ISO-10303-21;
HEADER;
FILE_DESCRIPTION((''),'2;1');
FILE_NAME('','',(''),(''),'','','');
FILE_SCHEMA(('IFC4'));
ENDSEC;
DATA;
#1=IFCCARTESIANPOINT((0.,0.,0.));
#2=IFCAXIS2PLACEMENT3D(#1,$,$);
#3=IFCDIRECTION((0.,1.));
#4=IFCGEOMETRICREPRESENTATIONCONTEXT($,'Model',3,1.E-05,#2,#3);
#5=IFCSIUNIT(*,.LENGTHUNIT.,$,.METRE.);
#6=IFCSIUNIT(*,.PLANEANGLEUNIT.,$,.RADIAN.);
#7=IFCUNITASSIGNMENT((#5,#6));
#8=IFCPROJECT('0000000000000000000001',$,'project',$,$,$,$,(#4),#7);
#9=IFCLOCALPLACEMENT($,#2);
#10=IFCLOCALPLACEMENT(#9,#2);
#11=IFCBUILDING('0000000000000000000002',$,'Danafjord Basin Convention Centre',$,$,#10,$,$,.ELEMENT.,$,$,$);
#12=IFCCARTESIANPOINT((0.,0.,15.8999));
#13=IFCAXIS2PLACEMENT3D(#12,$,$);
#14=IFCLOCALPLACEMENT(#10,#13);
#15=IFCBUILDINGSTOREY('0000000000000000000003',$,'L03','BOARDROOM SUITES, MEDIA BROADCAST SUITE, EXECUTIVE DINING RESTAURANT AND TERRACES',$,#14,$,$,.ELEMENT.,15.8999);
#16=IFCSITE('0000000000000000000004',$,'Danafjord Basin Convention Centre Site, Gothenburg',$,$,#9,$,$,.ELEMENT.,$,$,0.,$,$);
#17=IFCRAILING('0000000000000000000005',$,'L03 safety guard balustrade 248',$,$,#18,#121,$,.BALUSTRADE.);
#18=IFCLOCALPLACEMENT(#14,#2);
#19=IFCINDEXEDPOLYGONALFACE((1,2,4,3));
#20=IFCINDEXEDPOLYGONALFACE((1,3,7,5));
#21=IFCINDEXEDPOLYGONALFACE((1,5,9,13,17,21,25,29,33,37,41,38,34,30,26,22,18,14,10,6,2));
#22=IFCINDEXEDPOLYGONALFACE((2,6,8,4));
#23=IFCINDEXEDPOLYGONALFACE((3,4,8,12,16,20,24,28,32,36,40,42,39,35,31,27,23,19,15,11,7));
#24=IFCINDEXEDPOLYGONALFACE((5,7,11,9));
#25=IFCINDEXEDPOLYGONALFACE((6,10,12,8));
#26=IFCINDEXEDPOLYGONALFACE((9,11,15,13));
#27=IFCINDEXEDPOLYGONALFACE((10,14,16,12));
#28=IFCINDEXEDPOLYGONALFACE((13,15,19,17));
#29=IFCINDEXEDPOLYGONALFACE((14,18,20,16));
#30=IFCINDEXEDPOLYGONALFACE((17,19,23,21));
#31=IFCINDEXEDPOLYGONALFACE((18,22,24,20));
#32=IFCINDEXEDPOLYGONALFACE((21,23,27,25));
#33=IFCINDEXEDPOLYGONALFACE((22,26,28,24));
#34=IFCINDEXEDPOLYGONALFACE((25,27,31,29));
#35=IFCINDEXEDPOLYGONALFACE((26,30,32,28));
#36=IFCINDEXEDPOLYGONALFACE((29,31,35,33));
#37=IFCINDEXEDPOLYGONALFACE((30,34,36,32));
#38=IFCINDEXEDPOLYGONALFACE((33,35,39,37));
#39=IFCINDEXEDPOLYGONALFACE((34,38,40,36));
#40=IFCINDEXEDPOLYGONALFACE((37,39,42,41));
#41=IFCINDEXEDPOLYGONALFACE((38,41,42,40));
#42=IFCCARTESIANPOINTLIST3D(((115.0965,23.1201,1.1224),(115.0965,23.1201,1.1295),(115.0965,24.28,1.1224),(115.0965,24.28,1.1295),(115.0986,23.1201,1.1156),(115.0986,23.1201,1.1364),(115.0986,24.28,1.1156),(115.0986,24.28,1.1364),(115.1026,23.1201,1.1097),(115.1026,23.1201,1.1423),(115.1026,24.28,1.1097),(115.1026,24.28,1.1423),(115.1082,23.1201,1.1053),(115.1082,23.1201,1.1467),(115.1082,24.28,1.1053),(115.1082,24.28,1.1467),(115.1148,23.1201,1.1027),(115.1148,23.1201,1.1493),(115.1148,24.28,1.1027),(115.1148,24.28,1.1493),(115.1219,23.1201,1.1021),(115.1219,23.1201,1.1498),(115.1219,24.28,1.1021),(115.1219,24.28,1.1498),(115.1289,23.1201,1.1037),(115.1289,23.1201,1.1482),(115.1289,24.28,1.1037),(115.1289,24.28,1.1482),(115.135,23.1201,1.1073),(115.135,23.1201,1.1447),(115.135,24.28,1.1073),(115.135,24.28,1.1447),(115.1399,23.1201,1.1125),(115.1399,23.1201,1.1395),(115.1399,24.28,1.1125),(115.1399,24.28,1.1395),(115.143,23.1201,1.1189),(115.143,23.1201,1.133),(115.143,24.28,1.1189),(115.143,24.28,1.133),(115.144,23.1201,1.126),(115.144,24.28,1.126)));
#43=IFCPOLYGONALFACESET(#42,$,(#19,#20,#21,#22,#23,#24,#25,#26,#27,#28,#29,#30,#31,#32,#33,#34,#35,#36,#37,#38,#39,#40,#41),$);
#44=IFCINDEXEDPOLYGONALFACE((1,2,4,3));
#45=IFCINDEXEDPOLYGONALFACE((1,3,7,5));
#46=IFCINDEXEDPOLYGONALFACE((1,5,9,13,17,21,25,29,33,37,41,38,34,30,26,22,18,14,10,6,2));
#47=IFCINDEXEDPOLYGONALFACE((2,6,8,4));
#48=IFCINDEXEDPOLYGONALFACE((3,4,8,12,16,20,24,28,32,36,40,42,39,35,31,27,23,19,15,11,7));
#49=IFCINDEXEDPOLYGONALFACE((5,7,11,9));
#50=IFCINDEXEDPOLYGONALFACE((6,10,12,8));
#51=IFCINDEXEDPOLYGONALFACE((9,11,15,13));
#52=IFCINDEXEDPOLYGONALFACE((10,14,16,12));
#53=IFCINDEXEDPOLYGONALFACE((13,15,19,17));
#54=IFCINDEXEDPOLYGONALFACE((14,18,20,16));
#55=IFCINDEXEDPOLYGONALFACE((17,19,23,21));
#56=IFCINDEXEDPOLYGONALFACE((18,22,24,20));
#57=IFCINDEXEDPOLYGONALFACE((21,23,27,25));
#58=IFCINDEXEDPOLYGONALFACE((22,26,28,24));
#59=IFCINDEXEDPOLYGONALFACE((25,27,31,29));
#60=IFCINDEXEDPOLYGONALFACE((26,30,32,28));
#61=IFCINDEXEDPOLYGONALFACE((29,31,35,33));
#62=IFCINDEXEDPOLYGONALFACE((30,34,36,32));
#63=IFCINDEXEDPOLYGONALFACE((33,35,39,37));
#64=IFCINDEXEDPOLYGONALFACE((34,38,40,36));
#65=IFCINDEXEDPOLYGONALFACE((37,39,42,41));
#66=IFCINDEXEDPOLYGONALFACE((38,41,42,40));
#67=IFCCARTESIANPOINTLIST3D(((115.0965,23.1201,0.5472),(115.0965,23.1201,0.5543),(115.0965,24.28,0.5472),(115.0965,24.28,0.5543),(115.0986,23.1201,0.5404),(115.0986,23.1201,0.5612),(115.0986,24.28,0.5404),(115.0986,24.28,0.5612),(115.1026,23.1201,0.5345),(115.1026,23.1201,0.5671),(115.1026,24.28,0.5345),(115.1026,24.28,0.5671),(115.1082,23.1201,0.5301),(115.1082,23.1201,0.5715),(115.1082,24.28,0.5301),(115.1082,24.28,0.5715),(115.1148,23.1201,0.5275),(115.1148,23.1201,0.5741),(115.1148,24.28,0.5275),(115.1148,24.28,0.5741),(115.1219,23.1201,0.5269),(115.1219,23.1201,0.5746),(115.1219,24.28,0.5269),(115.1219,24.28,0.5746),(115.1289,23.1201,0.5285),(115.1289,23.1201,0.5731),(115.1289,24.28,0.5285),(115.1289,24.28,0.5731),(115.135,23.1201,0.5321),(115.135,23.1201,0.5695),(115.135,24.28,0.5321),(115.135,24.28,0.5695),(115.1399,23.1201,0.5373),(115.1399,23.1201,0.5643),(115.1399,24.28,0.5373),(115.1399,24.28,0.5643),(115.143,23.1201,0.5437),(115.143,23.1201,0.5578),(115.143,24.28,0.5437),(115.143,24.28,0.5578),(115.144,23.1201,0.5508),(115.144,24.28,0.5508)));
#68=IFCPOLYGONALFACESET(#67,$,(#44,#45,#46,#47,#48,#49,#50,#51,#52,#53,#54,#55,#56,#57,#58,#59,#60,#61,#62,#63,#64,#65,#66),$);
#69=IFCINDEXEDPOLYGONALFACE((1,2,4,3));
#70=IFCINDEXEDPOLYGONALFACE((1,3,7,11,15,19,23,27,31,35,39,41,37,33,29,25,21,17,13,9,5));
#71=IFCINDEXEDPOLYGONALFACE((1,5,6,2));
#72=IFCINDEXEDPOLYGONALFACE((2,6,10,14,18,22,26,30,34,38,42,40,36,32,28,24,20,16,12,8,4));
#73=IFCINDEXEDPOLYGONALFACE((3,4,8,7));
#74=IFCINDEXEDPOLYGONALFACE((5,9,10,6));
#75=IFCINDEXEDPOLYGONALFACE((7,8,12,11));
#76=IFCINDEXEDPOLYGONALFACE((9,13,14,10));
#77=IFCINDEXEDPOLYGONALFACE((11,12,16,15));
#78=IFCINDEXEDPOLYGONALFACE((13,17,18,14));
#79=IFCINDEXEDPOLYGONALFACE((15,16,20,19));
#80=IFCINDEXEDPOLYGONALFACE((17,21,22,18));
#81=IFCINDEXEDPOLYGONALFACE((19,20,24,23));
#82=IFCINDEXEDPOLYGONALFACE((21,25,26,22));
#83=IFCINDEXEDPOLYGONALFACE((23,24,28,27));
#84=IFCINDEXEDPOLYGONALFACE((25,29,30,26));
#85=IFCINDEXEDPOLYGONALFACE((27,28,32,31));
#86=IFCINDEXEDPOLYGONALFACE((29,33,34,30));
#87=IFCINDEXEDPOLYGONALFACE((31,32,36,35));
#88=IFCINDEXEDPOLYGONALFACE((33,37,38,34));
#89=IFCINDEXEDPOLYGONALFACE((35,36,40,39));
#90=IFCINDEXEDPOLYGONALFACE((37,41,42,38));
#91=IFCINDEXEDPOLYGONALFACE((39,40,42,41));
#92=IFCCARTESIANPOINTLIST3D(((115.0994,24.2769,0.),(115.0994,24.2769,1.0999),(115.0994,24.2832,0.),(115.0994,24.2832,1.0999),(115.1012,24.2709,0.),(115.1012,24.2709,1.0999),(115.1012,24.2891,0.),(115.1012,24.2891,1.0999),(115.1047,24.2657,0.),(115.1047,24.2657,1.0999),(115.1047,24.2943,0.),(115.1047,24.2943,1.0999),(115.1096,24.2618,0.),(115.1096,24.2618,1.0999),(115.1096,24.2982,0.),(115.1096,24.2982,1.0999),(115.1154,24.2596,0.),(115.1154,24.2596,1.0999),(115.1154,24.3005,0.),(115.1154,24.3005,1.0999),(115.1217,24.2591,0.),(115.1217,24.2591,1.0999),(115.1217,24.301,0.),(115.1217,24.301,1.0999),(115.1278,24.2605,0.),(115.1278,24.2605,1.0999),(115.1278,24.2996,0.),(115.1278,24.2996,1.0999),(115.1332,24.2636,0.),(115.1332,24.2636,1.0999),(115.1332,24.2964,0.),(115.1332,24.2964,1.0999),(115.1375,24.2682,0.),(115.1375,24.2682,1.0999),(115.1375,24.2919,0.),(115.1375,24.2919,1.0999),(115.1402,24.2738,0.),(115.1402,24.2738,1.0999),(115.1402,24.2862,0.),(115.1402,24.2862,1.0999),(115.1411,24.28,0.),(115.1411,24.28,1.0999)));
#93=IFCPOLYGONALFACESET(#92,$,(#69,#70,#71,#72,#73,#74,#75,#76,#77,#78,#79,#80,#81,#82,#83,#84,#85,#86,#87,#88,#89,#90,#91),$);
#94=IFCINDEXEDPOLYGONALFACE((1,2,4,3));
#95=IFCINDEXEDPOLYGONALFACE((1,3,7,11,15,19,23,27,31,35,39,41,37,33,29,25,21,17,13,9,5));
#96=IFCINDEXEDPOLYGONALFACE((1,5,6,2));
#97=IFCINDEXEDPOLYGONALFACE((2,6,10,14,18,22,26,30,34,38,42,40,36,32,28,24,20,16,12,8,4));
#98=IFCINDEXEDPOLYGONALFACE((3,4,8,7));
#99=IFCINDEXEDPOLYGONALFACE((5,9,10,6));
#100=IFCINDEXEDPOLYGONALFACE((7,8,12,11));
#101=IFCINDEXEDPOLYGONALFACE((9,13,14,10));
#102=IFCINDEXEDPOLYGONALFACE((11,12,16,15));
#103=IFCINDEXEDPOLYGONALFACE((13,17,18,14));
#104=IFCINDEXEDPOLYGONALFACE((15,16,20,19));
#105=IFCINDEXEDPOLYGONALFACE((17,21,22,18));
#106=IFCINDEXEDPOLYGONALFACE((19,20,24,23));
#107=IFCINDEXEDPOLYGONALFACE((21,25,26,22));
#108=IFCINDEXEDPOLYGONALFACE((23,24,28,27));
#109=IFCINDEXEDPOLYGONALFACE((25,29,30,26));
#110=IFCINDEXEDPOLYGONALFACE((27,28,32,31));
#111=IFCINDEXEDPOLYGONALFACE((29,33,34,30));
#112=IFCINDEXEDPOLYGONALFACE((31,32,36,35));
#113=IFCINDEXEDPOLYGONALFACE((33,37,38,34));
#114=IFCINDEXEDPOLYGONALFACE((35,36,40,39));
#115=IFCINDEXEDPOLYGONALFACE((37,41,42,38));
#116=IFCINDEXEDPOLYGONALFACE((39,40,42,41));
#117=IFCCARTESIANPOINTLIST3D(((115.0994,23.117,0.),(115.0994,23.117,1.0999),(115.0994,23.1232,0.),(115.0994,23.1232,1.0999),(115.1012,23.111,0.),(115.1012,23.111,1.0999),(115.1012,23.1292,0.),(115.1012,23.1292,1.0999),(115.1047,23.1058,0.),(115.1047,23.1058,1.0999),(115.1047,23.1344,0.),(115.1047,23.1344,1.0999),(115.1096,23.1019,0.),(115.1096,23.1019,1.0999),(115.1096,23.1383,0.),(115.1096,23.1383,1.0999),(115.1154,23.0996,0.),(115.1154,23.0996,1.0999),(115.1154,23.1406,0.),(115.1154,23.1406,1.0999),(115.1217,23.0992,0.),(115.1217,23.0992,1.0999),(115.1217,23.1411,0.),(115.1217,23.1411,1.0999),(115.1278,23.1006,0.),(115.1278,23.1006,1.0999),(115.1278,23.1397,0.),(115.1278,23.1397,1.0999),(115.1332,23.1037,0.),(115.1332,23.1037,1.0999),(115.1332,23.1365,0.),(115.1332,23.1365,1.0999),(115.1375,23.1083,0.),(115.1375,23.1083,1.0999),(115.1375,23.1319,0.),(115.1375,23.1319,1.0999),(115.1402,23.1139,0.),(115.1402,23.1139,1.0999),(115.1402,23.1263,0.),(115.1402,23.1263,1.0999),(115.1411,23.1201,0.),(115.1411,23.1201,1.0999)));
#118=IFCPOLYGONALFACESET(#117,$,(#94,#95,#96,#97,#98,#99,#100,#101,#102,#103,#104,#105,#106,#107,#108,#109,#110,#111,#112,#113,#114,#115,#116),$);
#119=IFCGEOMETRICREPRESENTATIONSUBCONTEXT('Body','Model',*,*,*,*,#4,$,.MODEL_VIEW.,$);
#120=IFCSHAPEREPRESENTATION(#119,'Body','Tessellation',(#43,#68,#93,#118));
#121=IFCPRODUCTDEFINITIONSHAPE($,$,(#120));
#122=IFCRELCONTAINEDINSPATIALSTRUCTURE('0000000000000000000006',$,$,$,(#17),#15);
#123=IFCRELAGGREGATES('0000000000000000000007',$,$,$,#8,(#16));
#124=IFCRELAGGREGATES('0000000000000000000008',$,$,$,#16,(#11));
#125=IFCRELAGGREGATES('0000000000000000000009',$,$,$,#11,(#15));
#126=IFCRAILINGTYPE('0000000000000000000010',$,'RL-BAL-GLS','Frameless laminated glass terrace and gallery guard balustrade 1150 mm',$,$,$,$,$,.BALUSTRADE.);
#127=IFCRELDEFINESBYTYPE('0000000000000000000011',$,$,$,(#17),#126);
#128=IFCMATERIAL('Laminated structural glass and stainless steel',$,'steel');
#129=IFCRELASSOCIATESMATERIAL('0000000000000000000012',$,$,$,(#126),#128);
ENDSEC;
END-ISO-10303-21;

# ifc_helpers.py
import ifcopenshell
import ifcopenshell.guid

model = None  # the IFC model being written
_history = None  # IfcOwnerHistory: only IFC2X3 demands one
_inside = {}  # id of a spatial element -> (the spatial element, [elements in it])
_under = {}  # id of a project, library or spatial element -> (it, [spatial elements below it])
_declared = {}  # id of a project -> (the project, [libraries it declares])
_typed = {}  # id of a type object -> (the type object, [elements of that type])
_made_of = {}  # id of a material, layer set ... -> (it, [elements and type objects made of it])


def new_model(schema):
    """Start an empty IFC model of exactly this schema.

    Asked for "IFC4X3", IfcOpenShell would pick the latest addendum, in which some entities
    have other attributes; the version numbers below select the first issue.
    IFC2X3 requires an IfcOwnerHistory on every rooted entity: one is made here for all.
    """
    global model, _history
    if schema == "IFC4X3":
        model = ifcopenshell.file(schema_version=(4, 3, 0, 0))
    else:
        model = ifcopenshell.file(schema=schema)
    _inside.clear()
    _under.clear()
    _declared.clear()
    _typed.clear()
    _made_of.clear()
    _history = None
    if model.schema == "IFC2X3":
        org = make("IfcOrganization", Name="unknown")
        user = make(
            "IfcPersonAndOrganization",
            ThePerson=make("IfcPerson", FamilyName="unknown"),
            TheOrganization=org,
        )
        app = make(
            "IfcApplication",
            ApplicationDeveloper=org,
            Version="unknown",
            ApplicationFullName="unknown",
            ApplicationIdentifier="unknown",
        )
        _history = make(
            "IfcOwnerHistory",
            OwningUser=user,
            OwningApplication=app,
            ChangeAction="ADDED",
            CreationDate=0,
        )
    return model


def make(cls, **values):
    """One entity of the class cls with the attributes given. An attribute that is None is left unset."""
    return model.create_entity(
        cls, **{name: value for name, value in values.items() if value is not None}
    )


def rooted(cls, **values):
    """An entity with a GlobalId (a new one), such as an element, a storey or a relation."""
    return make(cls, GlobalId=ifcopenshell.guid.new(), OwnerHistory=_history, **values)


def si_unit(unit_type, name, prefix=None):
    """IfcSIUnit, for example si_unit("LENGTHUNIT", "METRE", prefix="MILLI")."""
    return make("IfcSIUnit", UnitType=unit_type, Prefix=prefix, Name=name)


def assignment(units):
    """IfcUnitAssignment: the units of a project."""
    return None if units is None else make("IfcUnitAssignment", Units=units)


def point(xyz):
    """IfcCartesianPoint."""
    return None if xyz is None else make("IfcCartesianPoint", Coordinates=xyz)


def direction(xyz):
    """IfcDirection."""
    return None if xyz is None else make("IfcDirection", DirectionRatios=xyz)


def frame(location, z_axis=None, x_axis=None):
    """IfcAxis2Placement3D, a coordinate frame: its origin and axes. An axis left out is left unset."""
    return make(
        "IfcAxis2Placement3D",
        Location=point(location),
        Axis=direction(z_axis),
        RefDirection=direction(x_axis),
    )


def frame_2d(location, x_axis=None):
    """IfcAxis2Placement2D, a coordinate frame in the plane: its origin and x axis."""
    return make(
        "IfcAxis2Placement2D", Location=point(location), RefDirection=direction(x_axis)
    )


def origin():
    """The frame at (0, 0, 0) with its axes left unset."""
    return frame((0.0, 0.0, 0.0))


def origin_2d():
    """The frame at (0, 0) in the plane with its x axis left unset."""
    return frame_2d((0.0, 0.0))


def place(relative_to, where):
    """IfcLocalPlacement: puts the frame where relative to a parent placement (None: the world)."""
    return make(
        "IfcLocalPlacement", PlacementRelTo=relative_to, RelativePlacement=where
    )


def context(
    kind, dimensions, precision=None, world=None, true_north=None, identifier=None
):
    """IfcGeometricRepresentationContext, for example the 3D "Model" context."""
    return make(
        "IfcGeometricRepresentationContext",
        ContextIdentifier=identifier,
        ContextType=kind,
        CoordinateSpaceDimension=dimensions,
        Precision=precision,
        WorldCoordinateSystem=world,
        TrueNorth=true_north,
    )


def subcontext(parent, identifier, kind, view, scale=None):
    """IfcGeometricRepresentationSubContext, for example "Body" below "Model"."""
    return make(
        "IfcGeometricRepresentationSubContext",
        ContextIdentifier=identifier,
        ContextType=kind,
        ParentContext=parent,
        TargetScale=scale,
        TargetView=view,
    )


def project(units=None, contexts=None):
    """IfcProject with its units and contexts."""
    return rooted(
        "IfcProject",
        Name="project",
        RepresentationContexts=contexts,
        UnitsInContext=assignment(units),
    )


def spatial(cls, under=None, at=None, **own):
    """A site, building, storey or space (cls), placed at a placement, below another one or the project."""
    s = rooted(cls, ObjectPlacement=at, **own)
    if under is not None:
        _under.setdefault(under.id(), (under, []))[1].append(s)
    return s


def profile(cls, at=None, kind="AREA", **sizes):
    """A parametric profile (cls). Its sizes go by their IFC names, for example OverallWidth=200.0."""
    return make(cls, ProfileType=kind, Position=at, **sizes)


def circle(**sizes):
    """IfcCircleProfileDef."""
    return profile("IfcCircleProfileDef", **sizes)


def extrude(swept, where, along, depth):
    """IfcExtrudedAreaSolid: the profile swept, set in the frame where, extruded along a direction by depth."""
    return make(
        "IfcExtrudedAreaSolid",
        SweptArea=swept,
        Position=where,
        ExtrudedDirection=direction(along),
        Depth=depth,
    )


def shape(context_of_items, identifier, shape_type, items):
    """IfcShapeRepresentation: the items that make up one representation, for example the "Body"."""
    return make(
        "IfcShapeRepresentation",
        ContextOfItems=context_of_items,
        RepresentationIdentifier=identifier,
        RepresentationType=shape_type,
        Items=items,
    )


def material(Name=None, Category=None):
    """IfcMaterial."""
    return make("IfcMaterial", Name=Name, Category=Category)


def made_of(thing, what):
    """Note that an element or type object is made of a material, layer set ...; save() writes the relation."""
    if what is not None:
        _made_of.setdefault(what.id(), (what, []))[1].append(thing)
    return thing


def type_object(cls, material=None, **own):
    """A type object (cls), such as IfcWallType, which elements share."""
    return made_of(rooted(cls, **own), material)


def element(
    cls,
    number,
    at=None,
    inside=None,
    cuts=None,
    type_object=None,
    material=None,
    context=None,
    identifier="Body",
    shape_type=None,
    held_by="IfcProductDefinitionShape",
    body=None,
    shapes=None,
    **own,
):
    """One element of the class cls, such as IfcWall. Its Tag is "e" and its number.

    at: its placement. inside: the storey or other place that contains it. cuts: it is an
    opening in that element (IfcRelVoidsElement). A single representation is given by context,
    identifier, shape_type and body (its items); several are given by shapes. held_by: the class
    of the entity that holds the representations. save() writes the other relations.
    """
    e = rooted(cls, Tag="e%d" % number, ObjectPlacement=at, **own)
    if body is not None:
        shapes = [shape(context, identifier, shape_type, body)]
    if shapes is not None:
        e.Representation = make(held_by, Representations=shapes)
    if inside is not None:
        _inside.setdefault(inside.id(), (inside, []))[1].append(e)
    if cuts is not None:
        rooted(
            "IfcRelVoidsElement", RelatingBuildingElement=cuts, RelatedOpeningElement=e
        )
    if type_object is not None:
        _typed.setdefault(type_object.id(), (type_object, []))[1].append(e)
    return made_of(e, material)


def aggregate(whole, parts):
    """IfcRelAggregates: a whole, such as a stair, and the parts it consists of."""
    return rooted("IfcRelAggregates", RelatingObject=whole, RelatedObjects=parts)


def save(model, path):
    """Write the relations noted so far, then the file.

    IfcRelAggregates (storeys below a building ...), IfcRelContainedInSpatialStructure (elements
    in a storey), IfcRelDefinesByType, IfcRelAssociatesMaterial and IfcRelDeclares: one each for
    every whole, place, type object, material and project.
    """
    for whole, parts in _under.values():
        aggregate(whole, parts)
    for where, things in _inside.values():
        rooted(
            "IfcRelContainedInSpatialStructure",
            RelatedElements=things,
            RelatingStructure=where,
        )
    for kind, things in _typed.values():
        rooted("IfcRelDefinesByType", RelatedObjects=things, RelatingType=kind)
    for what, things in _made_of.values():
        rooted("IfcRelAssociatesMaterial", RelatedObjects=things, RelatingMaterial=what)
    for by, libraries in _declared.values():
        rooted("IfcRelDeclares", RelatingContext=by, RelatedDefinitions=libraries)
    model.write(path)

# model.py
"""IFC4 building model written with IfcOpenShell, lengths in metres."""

from ifc_helpers import new_model, si_unit, direction, frame, origin, origin_2d, place, context, subcontext, project, spatial, circle, extrude, material, type_object, element, save


model = new_model("IFC4")

# Units and contexts
model_context = context("Model", 3, precision=1e-05, world=origin(), true_north=direction((0.0, 1.0)))
body_context = subcontext(model_context, "Body", "Model", "MODEL_VIEW")
ifc_project = project(units=[si_unit("LENGTHUNIT", "METRE"), si_unit("PLANEANGLEUNIT", "RADIAN")], contexts=[model_context])

# Site, building, storey
site_placement = place(None, origin())
site = spatial("IfcSite", under=ifc_project, at=site_placement, Name="Danafjord Basin Convention Centre Site, Gothenburg", CompositionType="ELEMENT", RefElevation=0.0)
building_placement = place(site_placement, origin())
building = spatial("IfcBuilding", under=site, at=building_placement, Name="Danafjord Basin Convention Centre", CompositionType="ELEMENT")
storey_placement = place(building_placement, frame((0.0, 0.0, 15.8999)))
storey = spatial("IfcBuildingStorey", under=building, at=storey_placement, Name="L03", Description="BOARDROOM SUITES, MEDIA BROADCAST SUITE, EXECUTIVE DINING RESTAURANT AND TERRACES", CompositionType="ELEMENT", Elevation=15.8999)

# Railing
ifc_material_1 = material(Name="Laminated structural glass and stainless steel", Category="steel")
railing_type = type_object("IfcRailingType", Name="RL-BAL-GLS", Description="Frameless laminated glass terrace and gallery guard balustrade 1150 mm", PredefinedType="BALUSTRADE", material=ifc_material_1)
for number, where, name in (
    (1, (115.1201, 24.28, 0.0), "L03 safety guard balustrade 248"),
):
    element("IfcRailing", number, at=place(storey_placement, frame(where)), inside=storey, type_object=railing_type, Name=name, PredefinedType="BALUSTRADE", context=body_context, shape_type="SweptSolid", body=[
        extrude(circle(Radius=0.0239, at=origin_2d()), frame((0.0, 0.0, 1.126), z_axis=(0.0, -1.0, 0.0), x_axis=(1.0, 0.0, 0.0)), (0.0, 0.0, 1.0), 1.1599),
        extrude(circle(Radius=0.0239, at=origin_2d()), frame((0.0, 0.0, 0.5508), z_axis=(0.0, -1.0, 0.0), x_axis=(1.0, 0.0, 0.0)), (0.0, 0.0, 1.0), 1.1599),
        extrude(circle(Radius=0.021, at=origin_2d()), origin(), (0.0, 0.0, 1.0), 1.0999),
        extrude(circle(Radius=0.021, at=origin_2d()), frame((0.0, -1.1599, 0.0)), (0.0, 0.0, 1.0), 1.0999),
    ])

save(model, "model.ifc")
